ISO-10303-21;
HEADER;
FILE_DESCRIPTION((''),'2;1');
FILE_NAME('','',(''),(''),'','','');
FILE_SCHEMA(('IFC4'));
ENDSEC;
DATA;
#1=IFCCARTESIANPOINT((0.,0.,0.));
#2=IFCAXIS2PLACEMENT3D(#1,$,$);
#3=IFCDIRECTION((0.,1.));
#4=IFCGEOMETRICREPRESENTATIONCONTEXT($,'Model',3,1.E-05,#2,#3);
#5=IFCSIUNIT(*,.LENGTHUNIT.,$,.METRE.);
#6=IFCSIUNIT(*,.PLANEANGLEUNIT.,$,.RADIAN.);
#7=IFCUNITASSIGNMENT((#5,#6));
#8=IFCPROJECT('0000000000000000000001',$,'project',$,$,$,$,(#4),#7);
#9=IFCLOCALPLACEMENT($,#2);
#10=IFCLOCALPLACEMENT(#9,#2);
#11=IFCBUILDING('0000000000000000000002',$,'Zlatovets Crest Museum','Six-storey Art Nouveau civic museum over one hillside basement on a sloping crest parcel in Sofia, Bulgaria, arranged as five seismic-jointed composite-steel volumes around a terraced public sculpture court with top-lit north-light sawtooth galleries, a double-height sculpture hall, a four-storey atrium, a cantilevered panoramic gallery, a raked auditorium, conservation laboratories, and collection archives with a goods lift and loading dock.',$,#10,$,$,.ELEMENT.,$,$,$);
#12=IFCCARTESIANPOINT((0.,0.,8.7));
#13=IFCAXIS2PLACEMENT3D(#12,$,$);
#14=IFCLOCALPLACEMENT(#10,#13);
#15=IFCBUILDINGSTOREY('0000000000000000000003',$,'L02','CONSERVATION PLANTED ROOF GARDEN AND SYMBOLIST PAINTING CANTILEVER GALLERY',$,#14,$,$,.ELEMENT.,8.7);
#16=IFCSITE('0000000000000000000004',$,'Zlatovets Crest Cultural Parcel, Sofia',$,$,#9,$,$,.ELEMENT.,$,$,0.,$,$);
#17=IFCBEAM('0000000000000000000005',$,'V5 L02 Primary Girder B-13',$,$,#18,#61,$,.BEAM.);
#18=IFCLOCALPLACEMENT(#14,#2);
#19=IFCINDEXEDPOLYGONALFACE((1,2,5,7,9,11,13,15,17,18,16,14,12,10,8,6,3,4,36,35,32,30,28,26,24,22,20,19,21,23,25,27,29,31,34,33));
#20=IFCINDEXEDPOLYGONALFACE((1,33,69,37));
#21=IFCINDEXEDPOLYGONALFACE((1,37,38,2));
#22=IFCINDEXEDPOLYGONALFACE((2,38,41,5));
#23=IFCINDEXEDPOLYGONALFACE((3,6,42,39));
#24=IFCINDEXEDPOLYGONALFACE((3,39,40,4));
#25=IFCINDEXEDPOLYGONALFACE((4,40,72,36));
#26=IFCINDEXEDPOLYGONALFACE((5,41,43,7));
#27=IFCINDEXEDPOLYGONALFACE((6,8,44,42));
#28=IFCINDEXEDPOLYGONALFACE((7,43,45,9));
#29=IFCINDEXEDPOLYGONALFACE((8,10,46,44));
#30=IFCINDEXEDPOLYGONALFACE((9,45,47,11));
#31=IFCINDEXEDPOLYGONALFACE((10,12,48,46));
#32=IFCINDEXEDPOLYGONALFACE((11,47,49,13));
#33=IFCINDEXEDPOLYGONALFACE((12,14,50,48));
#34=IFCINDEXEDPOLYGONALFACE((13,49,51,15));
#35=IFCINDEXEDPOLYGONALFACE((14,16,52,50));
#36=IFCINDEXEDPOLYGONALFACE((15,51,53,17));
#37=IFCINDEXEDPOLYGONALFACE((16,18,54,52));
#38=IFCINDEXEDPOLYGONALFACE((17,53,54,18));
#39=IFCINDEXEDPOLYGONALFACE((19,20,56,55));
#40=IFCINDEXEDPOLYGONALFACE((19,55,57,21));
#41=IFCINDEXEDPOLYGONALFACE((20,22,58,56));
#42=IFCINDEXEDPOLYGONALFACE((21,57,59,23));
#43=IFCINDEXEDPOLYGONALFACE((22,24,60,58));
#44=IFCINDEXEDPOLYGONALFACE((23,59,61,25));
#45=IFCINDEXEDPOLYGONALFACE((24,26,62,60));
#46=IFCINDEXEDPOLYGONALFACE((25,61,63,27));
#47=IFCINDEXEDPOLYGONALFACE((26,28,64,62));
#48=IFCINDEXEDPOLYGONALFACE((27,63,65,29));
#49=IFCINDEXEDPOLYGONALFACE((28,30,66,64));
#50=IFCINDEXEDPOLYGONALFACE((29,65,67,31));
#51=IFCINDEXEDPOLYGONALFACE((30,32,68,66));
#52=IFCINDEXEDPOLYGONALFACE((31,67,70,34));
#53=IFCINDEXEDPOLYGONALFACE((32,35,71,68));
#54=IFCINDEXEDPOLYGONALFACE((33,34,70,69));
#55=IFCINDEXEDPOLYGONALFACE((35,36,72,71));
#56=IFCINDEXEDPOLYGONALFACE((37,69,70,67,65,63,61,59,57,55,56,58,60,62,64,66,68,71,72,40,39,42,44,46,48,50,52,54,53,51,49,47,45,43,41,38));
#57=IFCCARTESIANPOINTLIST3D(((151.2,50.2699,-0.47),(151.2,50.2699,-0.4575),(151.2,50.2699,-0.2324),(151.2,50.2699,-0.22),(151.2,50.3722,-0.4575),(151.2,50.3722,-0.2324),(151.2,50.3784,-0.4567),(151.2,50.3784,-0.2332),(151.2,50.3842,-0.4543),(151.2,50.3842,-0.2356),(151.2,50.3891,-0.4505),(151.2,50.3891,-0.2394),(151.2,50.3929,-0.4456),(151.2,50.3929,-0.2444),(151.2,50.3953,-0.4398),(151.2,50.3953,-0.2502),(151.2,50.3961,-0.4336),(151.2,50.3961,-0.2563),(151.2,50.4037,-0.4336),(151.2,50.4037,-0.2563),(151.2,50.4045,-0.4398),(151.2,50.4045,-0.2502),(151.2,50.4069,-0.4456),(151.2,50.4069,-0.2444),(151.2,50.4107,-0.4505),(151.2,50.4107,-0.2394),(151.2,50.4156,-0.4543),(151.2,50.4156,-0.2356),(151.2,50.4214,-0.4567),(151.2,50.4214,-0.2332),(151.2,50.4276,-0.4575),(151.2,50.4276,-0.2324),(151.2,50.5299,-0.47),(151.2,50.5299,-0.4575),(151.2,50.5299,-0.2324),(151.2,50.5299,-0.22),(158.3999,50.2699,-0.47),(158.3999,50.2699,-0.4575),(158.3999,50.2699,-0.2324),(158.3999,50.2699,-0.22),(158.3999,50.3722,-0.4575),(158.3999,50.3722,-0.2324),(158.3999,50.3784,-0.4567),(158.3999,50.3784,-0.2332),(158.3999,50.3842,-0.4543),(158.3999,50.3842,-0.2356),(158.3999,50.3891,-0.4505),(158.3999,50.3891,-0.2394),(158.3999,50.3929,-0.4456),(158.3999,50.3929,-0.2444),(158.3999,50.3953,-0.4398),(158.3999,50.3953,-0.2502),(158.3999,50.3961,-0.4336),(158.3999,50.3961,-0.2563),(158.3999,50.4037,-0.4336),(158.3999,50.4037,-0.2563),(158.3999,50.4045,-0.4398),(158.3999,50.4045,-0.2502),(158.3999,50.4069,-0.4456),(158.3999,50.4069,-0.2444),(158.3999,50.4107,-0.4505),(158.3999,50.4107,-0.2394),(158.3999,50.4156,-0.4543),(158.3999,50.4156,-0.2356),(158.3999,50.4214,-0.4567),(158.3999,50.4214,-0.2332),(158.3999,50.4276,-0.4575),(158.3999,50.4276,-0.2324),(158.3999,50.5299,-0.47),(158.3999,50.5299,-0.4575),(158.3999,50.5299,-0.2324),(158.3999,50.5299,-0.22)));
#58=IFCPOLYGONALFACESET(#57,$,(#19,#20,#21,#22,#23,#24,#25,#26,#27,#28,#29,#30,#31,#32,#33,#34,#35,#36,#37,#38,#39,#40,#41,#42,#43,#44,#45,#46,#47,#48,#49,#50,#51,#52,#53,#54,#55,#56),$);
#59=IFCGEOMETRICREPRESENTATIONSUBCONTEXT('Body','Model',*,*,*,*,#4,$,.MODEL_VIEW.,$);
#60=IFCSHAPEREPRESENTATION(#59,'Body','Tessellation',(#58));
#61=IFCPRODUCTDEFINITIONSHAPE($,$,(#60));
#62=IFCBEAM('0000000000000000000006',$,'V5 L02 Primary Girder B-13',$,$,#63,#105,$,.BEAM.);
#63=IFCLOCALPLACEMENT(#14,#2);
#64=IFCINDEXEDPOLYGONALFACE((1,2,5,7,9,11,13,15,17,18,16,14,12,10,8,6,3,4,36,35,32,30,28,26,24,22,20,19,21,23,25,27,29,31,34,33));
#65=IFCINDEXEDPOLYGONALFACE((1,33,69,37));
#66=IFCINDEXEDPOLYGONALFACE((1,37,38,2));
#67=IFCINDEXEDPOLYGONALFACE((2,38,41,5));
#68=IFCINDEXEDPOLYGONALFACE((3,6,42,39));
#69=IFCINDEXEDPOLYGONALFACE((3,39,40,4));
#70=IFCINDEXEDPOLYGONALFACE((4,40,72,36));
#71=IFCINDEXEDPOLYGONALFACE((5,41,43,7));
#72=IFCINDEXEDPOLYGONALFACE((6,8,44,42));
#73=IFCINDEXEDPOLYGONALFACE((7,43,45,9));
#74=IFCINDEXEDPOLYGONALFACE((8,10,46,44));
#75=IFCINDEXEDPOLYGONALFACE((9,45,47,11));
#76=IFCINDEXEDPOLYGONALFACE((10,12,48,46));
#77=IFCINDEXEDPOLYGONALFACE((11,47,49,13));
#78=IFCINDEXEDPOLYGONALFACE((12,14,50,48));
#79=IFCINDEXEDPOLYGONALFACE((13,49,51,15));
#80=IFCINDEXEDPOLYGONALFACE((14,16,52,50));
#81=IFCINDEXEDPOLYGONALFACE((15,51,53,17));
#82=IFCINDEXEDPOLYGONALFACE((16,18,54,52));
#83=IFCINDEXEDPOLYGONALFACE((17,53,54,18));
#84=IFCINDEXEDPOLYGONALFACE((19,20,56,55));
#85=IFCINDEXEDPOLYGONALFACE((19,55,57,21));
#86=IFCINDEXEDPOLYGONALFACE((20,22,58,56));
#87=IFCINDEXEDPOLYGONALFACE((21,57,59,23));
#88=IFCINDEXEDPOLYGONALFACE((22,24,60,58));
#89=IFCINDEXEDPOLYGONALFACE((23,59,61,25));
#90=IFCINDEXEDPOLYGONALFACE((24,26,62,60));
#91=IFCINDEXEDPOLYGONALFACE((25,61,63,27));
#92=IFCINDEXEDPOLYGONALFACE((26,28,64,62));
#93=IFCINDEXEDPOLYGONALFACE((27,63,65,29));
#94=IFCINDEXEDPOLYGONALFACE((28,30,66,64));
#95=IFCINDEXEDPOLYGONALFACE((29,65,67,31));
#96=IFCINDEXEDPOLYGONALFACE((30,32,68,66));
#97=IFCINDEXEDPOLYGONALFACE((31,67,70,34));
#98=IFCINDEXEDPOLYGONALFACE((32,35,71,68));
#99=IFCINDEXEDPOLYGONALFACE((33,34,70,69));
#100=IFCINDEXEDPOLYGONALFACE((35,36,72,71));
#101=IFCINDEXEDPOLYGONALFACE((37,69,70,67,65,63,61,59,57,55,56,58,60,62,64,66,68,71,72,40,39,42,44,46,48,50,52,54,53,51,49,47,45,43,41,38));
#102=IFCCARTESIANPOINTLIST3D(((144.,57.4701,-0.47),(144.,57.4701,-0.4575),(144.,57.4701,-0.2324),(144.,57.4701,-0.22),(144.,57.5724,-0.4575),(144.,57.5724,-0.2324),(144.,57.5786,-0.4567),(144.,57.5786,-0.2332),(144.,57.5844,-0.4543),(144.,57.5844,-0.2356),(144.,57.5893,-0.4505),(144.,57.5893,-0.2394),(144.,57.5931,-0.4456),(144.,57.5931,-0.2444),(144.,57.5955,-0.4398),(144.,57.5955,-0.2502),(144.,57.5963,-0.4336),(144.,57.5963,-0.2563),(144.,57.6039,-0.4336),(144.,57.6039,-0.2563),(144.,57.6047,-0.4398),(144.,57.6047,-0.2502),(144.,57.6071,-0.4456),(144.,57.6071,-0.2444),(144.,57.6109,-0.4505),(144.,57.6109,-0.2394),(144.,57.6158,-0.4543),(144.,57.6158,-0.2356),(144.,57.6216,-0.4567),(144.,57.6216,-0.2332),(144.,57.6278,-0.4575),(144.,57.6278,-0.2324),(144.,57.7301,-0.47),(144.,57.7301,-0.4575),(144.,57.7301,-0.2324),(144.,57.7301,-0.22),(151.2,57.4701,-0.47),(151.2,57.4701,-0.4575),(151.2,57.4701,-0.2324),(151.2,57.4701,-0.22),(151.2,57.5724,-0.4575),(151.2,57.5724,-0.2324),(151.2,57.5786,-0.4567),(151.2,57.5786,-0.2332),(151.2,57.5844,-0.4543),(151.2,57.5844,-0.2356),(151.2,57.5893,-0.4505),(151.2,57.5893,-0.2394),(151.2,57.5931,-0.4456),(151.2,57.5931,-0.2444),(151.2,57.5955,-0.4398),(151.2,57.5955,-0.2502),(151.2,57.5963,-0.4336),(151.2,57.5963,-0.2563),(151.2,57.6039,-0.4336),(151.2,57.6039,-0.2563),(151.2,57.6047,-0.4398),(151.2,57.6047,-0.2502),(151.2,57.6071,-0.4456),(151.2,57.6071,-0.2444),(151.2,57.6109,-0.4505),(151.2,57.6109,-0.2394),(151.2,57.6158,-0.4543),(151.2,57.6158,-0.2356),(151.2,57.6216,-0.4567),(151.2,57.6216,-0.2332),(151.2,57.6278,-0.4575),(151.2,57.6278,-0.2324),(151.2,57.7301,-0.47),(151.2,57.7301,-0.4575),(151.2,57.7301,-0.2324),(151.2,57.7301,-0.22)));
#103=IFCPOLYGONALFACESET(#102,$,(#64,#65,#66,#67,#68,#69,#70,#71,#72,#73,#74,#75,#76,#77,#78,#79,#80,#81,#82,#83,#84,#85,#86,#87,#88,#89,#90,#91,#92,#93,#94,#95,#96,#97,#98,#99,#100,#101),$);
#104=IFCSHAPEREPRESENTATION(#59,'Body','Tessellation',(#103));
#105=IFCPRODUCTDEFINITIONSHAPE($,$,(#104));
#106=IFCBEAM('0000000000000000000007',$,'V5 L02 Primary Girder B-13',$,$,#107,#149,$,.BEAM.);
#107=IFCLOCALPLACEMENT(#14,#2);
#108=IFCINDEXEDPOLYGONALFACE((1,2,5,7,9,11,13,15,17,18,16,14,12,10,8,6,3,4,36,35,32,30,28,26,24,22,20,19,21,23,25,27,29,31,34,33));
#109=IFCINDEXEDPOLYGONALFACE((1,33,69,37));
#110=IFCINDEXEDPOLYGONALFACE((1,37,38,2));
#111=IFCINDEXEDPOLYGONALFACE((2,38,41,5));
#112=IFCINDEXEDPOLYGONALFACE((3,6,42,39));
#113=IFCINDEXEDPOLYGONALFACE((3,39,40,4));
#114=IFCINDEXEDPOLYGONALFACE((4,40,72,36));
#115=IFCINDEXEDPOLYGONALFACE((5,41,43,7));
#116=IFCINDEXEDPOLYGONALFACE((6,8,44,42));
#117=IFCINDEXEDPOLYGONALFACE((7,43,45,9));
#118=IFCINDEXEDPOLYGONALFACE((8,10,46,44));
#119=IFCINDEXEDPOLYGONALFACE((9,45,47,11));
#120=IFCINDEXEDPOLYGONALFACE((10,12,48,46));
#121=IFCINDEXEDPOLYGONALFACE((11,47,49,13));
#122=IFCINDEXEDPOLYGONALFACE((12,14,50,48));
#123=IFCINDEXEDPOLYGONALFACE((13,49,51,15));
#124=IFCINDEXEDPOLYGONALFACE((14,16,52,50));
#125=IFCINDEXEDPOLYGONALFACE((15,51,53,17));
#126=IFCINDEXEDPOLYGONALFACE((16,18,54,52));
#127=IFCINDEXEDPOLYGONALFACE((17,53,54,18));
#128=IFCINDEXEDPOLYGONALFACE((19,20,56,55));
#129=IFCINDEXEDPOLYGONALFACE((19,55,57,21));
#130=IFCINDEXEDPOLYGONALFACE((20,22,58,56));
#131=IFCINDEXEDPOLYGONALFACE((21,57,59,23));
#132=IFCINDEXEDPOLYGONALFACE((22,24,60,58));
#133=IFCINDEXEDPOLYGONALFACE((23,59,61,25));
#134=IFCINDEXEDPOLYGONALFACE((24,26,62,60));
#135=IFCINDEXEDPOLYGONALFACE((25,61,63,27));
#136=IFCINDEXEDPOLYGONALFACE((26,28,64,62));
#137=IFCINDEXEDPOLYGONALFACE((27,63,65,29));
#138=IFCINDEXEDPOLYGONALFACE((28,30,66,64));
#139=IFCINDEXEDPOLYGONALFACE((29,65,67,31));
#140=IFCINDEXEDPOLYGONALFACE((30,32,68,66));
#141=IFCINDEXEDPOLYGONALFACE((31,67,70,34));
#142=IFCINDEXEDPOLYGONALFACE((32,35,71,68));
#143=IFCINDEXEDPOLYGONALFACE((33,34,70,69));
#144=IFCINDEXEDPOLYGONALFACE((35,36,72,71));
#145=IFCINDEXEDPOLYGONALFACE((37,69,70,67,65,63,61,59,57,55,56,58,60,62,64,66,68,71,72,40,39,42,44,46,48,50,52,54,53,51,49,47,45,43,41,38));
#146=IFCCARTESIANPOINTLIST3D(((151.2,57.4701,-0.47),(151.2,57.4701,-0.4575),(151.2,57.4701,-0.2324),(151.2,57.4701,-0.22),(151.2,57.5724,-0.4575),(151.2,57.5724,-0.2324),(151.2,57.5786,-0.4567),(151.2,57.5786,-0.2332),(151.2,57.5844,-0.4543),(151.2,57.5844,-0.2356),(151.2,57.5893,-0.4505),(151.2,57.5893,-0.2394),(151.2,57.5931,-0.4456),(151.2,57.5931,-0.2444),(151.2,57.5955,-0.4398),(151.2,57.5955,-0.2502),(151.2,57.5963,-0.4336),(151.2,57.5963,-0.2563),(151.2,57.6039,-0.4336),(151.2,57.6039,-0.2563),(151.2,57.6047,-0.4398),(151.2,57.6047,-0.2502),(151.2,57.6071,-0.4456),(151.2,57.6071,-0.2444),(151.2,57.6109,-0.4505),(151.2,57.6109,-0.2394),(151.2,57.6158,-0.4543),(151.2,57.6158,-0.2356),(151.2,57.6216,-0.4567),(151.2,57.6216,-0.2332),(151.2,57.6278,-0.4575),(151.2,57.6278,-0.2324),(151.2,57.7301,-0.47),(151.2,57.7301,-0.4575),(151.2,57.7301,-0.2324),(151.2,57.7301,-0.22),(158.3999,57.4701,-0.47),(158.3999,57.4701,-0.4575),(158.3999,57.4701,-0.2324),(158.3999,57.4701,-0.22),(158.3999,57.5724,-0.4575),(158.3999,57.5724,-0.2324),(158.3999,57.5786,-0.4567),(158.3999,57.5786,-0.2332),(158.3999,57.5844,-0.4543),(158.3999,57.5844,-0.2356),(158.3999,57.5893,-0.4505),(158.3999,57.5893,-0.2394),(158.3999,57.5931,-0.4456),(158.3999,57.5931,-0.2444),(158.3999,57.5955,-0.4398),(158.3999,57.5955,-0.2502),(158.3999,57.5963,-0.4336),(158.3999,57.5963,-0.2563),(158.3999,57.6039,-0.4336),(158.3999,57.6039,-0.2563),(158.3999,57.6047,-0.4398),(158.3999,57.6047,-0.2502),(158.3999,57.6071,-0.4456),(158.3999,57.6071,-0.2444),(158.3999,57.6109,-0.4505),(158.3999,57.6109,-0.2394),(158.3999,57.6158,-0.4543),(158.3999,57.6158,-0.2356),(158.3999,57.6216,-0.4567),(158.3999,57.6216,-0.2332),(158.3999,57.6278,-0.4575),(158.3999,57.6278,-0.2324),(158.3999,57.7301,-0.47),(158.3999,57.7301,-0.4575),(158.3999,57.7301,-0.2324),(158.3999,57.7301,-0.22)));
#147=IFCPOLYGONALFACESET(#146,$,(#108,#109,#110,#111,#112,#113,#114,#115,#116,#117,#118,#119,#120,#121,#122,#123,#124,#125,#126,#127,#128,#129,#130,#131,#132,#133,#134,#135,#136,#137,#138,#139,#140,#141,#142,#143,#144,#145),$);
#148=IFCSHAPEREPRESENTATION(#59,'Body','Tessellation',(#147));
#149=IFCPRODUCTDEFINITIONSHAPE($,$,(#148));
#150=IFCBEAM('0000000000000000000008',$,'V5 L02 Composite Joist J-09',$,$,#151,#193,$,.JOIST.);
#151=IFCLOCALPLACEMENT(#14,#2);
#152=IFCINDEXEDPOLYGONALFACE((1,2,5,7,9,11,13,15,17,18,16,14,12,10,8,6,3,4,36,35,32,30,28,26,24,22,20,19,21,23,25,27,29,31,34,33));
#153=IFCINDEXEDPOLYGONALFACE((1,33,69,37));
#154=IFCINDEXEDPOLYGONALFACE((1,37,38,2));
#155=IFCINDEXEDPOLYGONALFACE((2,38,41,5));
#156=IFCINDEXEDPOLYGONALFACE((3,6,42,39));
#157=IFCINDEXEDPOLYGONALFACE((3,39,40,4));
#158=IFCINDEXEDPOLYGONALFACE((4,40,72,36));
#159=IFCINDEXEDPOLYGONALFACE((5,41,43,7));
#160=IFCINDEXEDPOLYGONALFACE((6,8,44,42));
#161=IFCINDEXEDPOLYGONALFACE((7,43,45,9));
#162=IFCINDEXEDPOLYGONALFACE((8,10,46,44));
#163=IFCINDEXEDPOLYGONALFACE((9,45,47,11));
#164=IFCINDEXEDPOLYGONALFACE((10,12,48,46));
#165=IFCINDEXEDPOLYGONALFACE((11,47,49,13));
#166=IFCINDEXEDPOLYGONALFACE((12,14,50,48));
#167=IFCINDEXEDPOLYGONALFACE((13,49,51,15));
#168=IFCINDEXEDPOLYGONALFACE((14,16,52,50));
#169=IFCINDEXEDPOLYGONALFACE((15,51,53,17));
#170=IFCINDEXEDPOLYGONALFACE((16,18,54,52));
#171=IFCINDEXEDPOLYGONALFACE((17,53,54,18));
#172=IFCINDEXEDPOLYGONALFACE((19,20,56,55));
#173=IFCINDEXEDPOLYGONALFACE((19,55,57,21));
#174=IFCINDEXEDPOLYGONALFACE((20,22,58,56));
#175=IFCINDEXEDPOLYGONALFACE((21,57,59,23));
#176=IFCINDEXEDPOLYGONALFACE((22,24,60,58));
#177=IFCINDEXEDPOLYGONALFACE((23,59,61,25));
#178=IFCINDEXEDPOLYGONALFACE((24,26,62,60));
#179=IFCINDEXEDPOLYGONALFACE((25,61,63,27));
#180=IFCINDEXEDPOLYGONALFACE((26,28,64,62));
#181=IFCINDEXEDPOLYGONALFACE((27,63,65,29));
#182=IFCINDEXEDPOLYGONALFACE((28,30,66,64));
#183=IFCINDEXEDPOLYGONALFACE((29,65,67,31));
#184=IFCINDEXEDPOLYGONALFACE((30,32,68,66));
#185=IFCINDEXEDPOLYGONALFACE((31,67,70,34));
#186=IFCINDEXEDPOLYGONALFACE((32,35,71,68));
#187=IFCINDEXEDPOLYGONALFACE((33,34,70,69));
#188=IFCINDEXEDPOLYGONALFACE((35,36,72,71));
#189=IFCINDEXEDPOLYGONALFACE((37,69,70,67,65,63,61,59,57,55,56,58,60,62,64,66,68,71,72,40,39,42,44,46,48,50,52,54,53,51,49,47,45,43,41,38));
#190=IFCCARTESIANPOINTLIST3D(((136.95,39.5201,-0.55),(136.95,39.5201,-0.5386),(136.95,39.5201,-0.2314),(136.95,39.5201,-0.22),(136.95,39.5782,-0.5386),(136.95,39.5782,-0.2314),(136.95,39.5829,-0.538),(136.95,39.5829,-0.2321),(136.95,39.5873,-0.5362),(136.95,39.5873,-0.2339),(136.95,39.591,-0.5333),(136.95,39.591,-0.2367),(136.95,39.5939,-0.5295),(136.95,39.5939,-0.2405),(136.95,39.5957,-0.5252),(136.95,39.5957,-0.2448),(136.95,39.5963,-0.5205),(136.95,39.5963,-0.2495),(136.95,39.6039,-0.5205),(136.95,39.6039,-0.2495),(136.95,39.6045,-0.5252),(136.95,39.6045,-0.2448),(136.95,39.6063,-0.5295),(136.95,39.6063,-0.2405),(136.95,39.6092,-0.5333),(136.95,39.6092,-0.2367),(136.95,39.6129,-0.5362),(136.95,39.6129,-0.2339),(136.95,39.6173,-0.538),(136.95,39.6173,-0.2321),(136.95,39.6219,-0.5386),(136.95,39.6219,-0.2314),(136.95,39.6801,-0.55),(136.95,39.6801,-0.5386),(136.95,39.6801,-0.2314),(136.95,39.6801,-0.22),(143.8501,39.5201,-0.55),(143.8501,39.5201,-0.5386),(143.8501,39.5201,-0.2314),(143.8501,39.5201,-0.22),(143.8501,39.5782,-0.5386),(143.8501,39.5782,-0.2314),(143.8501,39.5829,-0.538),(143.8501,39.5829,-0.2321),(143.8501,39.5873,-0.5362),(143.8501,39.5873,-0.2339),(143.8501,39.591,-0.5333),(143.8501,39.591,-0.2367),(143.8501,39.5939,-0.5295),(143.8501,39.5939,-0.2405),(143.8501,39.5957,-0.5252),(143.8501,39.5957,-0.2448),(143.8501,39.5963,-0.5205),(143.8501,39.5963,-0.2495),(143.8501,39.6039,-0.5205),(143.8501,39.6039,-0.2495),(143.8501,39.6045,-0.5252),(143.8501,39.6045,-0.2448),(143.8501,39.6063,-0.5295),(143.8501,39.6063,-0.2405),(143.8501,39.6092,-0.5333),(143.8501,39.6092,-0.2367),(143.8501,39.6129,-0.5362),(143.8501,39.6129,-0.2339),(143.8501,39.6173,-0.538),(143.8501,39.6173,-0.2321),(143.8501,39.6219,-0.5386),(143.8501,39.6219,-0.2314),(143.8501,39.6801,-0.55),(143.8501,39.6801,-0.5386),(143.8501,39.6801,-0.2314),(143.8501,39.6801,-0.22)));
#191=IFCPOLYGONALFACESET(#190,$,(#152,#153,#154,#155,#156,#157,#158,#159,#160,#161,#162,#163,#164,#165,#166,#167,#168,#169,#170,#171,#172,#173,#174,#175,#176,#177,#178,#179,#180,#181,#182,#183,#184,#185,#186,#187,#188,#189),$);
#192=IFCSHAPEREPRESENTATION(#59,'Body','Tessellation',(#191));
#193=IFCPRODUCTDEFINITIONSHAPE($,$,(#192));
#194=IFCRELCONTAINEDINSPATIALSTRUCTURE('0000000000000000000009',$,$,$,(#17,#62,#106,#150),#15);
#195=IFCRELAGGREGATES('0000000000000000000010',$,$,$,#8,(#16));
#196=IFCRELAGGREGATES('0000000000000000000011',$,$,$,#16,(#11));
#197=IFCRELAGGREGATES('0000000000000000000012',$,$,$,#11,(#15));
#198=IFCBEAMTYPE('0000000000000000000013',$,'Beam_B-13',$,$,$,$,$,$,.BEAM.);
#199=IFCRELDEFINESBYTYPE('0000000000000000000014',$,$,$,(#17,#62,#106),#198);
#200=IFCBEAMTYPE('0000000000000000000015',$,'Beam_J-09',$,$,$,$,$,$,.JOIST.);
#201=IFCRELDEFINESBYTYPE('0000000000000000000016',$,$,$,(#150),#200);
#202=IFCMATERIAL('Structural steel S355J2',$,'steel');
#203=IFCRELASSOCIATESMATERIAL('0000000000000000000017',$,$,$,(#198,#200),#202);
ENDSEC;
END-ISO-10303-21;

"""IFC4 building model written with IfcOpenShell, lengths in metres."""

from ifc_helpers import new_model, si_unit, direction, frame, origin, origin_2d, place, context, subcontext, project, spatial, i_section, extrude, material, material_profile, profile_set, type_object, element, save


model = new_model("IFC4")

# Units and contexts
model_context = context("Model", 3, precision=1e-05, world=origin(), true_north=direction((0.0, 1.0)))
body_context = subcontext(model_context, "Body", "Model", "MODEL_VIEW")
ifc_project = project(units=[si_unit("LENGTHUNIT", "METRE"), si_unit("PLANEANGLEUNIT", "RADIAN")], contexts=[model_context])

# Site, building, storey
site_placement = place(None, origin())
site = spatial("IfcSite", under=ifc_project, at=site_placement, Name="Zlatovets Crest Cultural Parcel, Sofia", CompositionType="ELEMENT", RefElevation=0.0)
building_placement = place(site_placement, origin())
building = spatial("IfcBuilding", under=site, at=building_placement, Name="Zlatovets Crest Museum", Description="Six-storey Art Nouveau civic museum over one hillside basement on a sloping crest parcel in Sofia, Bulgaria, arranged as five seismic-jointed composite-steel volumes around a terraced public sculpture court with top-lit north-light sawtooth galleries, a double-height sculpture hall, a four-storey atrium, a cantilevered panoramic gallery, a raked auditorium, conservation laboratories, and collection archives with a goods lift and loading dock.", CompositionType="ELEMENT")
storey_placement = place(building_placement, frame((0.0, 0.0, 8.7)))
storey = spatial("IfcBuildingStorey", under=building, at=storey_placement, Name="L02", Description="CONSERVATION PLANTED ROOF GARDEN AND SYMBOLIST PAINTING CANTILEVER GALLERY", CompositionType="ELEMENT", Elevation=8.7)

# Shared definitions
ifc_material_1 = material(Name="Structural steel S355J2", Category="steel")

# Beams
ifc_material_profile_1 = material_profile(ifc_material_1, i_section(OverallWidth=0.26, OverallDepth=0.25, WebThickness=0.0076, FlangeThickness=0.0125, FilletRadius=0.0239, at=origin_2d()), Name="HEA 260")
ifc_profile_set_1 = profile_set([ifc_material_profile_1], Name="Structural steel S355J2")
beam_type_1 = type_object("IfcBeamType", Name="Beam_B-13", PredefinedType="BEAM", material=ifc_profile_set_1)
for number, where, z_axis, x_axis, name in (
    (1, (151.2, 50.3999, -0.345), (1.0, 0.0, 0.0), (0.0, 1.0, 0.0), "V5 L02 Primary Girder B-13"),
    (2, (144.0, 57.6001, -0.345), (1.0, 0.0, 0.0), (0.0, 1.0, 0.0), "V5 L02 Primary Girder B-13"),
    (3, (151.2, 57.6001, -0.345), (1.0, 0.0, 0.0), (0.0, 1.0, 0.0), "V5 L02 Primary Girder B-13"),
):
    element("IfcBeam", number, at=place(storey_placement, frame(where, z_axis=z_axis, x_axis=x_axis)), inside=storey, type_object=beam_type_1, Name=name, PredefinedType="BEAM", context=body_context, shape_type="SweptSolid", body=[
        extrude(i_section(OverallWidth=0.26, OverallDepth=0.25, WebThickness=0.0076, FlangeThickness=0.0125, FilletRadius=0.0239, at=origin_2d()), origin(), (0.0, 0.0, 1.0), 7.2),
    ])
ifc_material_profile_2 = material_profile(ifc_material_1, i_section(OverallWidth=0.1599, OverallDepth=0.3301, WebThickness=0.0076, FlangeThickness=0.0115, FilletRadius=0.0181, at=origin_2d()), Name="IPE 330")
ifc_profile_set_2 = profile_set([ifc_material_profile_2], Name="Structural steel S355J2")
beam_type_2 = type_object("IfcBeamType", Name="Beam_J-09", PredefinedType="JOIST", material=ifc_profile_set_2)
for number, where, z_axis, x_axis, name in (
    (4, (136.95, 39.6001, -0.385), (1.0, 0.0, 0.0), (0.0, 1.0, 0.0), "V5 L02 Composite Joist J-09"),
):
    element("IfcBeam", number, at=place(storey_placement, frame(where, z_axis=z_axis, x_axis=x_axis)), inside=storey, type_object=beam_type_2, Name=name, PredefinedType="JOIST", context=body_context, shape_type="SweptSolid", body=[
        extrude(i_section(OverallWidth=0.1599, OverallDepth=0.3301, WebThickness=0.0076, FlangeThickness=0.0115, FilletRadius=0.0181, at=origin_2d()), origin(), (0.0, 0.0, 1.0), 6.9001),
    ])

save(model, "model.ifc")
